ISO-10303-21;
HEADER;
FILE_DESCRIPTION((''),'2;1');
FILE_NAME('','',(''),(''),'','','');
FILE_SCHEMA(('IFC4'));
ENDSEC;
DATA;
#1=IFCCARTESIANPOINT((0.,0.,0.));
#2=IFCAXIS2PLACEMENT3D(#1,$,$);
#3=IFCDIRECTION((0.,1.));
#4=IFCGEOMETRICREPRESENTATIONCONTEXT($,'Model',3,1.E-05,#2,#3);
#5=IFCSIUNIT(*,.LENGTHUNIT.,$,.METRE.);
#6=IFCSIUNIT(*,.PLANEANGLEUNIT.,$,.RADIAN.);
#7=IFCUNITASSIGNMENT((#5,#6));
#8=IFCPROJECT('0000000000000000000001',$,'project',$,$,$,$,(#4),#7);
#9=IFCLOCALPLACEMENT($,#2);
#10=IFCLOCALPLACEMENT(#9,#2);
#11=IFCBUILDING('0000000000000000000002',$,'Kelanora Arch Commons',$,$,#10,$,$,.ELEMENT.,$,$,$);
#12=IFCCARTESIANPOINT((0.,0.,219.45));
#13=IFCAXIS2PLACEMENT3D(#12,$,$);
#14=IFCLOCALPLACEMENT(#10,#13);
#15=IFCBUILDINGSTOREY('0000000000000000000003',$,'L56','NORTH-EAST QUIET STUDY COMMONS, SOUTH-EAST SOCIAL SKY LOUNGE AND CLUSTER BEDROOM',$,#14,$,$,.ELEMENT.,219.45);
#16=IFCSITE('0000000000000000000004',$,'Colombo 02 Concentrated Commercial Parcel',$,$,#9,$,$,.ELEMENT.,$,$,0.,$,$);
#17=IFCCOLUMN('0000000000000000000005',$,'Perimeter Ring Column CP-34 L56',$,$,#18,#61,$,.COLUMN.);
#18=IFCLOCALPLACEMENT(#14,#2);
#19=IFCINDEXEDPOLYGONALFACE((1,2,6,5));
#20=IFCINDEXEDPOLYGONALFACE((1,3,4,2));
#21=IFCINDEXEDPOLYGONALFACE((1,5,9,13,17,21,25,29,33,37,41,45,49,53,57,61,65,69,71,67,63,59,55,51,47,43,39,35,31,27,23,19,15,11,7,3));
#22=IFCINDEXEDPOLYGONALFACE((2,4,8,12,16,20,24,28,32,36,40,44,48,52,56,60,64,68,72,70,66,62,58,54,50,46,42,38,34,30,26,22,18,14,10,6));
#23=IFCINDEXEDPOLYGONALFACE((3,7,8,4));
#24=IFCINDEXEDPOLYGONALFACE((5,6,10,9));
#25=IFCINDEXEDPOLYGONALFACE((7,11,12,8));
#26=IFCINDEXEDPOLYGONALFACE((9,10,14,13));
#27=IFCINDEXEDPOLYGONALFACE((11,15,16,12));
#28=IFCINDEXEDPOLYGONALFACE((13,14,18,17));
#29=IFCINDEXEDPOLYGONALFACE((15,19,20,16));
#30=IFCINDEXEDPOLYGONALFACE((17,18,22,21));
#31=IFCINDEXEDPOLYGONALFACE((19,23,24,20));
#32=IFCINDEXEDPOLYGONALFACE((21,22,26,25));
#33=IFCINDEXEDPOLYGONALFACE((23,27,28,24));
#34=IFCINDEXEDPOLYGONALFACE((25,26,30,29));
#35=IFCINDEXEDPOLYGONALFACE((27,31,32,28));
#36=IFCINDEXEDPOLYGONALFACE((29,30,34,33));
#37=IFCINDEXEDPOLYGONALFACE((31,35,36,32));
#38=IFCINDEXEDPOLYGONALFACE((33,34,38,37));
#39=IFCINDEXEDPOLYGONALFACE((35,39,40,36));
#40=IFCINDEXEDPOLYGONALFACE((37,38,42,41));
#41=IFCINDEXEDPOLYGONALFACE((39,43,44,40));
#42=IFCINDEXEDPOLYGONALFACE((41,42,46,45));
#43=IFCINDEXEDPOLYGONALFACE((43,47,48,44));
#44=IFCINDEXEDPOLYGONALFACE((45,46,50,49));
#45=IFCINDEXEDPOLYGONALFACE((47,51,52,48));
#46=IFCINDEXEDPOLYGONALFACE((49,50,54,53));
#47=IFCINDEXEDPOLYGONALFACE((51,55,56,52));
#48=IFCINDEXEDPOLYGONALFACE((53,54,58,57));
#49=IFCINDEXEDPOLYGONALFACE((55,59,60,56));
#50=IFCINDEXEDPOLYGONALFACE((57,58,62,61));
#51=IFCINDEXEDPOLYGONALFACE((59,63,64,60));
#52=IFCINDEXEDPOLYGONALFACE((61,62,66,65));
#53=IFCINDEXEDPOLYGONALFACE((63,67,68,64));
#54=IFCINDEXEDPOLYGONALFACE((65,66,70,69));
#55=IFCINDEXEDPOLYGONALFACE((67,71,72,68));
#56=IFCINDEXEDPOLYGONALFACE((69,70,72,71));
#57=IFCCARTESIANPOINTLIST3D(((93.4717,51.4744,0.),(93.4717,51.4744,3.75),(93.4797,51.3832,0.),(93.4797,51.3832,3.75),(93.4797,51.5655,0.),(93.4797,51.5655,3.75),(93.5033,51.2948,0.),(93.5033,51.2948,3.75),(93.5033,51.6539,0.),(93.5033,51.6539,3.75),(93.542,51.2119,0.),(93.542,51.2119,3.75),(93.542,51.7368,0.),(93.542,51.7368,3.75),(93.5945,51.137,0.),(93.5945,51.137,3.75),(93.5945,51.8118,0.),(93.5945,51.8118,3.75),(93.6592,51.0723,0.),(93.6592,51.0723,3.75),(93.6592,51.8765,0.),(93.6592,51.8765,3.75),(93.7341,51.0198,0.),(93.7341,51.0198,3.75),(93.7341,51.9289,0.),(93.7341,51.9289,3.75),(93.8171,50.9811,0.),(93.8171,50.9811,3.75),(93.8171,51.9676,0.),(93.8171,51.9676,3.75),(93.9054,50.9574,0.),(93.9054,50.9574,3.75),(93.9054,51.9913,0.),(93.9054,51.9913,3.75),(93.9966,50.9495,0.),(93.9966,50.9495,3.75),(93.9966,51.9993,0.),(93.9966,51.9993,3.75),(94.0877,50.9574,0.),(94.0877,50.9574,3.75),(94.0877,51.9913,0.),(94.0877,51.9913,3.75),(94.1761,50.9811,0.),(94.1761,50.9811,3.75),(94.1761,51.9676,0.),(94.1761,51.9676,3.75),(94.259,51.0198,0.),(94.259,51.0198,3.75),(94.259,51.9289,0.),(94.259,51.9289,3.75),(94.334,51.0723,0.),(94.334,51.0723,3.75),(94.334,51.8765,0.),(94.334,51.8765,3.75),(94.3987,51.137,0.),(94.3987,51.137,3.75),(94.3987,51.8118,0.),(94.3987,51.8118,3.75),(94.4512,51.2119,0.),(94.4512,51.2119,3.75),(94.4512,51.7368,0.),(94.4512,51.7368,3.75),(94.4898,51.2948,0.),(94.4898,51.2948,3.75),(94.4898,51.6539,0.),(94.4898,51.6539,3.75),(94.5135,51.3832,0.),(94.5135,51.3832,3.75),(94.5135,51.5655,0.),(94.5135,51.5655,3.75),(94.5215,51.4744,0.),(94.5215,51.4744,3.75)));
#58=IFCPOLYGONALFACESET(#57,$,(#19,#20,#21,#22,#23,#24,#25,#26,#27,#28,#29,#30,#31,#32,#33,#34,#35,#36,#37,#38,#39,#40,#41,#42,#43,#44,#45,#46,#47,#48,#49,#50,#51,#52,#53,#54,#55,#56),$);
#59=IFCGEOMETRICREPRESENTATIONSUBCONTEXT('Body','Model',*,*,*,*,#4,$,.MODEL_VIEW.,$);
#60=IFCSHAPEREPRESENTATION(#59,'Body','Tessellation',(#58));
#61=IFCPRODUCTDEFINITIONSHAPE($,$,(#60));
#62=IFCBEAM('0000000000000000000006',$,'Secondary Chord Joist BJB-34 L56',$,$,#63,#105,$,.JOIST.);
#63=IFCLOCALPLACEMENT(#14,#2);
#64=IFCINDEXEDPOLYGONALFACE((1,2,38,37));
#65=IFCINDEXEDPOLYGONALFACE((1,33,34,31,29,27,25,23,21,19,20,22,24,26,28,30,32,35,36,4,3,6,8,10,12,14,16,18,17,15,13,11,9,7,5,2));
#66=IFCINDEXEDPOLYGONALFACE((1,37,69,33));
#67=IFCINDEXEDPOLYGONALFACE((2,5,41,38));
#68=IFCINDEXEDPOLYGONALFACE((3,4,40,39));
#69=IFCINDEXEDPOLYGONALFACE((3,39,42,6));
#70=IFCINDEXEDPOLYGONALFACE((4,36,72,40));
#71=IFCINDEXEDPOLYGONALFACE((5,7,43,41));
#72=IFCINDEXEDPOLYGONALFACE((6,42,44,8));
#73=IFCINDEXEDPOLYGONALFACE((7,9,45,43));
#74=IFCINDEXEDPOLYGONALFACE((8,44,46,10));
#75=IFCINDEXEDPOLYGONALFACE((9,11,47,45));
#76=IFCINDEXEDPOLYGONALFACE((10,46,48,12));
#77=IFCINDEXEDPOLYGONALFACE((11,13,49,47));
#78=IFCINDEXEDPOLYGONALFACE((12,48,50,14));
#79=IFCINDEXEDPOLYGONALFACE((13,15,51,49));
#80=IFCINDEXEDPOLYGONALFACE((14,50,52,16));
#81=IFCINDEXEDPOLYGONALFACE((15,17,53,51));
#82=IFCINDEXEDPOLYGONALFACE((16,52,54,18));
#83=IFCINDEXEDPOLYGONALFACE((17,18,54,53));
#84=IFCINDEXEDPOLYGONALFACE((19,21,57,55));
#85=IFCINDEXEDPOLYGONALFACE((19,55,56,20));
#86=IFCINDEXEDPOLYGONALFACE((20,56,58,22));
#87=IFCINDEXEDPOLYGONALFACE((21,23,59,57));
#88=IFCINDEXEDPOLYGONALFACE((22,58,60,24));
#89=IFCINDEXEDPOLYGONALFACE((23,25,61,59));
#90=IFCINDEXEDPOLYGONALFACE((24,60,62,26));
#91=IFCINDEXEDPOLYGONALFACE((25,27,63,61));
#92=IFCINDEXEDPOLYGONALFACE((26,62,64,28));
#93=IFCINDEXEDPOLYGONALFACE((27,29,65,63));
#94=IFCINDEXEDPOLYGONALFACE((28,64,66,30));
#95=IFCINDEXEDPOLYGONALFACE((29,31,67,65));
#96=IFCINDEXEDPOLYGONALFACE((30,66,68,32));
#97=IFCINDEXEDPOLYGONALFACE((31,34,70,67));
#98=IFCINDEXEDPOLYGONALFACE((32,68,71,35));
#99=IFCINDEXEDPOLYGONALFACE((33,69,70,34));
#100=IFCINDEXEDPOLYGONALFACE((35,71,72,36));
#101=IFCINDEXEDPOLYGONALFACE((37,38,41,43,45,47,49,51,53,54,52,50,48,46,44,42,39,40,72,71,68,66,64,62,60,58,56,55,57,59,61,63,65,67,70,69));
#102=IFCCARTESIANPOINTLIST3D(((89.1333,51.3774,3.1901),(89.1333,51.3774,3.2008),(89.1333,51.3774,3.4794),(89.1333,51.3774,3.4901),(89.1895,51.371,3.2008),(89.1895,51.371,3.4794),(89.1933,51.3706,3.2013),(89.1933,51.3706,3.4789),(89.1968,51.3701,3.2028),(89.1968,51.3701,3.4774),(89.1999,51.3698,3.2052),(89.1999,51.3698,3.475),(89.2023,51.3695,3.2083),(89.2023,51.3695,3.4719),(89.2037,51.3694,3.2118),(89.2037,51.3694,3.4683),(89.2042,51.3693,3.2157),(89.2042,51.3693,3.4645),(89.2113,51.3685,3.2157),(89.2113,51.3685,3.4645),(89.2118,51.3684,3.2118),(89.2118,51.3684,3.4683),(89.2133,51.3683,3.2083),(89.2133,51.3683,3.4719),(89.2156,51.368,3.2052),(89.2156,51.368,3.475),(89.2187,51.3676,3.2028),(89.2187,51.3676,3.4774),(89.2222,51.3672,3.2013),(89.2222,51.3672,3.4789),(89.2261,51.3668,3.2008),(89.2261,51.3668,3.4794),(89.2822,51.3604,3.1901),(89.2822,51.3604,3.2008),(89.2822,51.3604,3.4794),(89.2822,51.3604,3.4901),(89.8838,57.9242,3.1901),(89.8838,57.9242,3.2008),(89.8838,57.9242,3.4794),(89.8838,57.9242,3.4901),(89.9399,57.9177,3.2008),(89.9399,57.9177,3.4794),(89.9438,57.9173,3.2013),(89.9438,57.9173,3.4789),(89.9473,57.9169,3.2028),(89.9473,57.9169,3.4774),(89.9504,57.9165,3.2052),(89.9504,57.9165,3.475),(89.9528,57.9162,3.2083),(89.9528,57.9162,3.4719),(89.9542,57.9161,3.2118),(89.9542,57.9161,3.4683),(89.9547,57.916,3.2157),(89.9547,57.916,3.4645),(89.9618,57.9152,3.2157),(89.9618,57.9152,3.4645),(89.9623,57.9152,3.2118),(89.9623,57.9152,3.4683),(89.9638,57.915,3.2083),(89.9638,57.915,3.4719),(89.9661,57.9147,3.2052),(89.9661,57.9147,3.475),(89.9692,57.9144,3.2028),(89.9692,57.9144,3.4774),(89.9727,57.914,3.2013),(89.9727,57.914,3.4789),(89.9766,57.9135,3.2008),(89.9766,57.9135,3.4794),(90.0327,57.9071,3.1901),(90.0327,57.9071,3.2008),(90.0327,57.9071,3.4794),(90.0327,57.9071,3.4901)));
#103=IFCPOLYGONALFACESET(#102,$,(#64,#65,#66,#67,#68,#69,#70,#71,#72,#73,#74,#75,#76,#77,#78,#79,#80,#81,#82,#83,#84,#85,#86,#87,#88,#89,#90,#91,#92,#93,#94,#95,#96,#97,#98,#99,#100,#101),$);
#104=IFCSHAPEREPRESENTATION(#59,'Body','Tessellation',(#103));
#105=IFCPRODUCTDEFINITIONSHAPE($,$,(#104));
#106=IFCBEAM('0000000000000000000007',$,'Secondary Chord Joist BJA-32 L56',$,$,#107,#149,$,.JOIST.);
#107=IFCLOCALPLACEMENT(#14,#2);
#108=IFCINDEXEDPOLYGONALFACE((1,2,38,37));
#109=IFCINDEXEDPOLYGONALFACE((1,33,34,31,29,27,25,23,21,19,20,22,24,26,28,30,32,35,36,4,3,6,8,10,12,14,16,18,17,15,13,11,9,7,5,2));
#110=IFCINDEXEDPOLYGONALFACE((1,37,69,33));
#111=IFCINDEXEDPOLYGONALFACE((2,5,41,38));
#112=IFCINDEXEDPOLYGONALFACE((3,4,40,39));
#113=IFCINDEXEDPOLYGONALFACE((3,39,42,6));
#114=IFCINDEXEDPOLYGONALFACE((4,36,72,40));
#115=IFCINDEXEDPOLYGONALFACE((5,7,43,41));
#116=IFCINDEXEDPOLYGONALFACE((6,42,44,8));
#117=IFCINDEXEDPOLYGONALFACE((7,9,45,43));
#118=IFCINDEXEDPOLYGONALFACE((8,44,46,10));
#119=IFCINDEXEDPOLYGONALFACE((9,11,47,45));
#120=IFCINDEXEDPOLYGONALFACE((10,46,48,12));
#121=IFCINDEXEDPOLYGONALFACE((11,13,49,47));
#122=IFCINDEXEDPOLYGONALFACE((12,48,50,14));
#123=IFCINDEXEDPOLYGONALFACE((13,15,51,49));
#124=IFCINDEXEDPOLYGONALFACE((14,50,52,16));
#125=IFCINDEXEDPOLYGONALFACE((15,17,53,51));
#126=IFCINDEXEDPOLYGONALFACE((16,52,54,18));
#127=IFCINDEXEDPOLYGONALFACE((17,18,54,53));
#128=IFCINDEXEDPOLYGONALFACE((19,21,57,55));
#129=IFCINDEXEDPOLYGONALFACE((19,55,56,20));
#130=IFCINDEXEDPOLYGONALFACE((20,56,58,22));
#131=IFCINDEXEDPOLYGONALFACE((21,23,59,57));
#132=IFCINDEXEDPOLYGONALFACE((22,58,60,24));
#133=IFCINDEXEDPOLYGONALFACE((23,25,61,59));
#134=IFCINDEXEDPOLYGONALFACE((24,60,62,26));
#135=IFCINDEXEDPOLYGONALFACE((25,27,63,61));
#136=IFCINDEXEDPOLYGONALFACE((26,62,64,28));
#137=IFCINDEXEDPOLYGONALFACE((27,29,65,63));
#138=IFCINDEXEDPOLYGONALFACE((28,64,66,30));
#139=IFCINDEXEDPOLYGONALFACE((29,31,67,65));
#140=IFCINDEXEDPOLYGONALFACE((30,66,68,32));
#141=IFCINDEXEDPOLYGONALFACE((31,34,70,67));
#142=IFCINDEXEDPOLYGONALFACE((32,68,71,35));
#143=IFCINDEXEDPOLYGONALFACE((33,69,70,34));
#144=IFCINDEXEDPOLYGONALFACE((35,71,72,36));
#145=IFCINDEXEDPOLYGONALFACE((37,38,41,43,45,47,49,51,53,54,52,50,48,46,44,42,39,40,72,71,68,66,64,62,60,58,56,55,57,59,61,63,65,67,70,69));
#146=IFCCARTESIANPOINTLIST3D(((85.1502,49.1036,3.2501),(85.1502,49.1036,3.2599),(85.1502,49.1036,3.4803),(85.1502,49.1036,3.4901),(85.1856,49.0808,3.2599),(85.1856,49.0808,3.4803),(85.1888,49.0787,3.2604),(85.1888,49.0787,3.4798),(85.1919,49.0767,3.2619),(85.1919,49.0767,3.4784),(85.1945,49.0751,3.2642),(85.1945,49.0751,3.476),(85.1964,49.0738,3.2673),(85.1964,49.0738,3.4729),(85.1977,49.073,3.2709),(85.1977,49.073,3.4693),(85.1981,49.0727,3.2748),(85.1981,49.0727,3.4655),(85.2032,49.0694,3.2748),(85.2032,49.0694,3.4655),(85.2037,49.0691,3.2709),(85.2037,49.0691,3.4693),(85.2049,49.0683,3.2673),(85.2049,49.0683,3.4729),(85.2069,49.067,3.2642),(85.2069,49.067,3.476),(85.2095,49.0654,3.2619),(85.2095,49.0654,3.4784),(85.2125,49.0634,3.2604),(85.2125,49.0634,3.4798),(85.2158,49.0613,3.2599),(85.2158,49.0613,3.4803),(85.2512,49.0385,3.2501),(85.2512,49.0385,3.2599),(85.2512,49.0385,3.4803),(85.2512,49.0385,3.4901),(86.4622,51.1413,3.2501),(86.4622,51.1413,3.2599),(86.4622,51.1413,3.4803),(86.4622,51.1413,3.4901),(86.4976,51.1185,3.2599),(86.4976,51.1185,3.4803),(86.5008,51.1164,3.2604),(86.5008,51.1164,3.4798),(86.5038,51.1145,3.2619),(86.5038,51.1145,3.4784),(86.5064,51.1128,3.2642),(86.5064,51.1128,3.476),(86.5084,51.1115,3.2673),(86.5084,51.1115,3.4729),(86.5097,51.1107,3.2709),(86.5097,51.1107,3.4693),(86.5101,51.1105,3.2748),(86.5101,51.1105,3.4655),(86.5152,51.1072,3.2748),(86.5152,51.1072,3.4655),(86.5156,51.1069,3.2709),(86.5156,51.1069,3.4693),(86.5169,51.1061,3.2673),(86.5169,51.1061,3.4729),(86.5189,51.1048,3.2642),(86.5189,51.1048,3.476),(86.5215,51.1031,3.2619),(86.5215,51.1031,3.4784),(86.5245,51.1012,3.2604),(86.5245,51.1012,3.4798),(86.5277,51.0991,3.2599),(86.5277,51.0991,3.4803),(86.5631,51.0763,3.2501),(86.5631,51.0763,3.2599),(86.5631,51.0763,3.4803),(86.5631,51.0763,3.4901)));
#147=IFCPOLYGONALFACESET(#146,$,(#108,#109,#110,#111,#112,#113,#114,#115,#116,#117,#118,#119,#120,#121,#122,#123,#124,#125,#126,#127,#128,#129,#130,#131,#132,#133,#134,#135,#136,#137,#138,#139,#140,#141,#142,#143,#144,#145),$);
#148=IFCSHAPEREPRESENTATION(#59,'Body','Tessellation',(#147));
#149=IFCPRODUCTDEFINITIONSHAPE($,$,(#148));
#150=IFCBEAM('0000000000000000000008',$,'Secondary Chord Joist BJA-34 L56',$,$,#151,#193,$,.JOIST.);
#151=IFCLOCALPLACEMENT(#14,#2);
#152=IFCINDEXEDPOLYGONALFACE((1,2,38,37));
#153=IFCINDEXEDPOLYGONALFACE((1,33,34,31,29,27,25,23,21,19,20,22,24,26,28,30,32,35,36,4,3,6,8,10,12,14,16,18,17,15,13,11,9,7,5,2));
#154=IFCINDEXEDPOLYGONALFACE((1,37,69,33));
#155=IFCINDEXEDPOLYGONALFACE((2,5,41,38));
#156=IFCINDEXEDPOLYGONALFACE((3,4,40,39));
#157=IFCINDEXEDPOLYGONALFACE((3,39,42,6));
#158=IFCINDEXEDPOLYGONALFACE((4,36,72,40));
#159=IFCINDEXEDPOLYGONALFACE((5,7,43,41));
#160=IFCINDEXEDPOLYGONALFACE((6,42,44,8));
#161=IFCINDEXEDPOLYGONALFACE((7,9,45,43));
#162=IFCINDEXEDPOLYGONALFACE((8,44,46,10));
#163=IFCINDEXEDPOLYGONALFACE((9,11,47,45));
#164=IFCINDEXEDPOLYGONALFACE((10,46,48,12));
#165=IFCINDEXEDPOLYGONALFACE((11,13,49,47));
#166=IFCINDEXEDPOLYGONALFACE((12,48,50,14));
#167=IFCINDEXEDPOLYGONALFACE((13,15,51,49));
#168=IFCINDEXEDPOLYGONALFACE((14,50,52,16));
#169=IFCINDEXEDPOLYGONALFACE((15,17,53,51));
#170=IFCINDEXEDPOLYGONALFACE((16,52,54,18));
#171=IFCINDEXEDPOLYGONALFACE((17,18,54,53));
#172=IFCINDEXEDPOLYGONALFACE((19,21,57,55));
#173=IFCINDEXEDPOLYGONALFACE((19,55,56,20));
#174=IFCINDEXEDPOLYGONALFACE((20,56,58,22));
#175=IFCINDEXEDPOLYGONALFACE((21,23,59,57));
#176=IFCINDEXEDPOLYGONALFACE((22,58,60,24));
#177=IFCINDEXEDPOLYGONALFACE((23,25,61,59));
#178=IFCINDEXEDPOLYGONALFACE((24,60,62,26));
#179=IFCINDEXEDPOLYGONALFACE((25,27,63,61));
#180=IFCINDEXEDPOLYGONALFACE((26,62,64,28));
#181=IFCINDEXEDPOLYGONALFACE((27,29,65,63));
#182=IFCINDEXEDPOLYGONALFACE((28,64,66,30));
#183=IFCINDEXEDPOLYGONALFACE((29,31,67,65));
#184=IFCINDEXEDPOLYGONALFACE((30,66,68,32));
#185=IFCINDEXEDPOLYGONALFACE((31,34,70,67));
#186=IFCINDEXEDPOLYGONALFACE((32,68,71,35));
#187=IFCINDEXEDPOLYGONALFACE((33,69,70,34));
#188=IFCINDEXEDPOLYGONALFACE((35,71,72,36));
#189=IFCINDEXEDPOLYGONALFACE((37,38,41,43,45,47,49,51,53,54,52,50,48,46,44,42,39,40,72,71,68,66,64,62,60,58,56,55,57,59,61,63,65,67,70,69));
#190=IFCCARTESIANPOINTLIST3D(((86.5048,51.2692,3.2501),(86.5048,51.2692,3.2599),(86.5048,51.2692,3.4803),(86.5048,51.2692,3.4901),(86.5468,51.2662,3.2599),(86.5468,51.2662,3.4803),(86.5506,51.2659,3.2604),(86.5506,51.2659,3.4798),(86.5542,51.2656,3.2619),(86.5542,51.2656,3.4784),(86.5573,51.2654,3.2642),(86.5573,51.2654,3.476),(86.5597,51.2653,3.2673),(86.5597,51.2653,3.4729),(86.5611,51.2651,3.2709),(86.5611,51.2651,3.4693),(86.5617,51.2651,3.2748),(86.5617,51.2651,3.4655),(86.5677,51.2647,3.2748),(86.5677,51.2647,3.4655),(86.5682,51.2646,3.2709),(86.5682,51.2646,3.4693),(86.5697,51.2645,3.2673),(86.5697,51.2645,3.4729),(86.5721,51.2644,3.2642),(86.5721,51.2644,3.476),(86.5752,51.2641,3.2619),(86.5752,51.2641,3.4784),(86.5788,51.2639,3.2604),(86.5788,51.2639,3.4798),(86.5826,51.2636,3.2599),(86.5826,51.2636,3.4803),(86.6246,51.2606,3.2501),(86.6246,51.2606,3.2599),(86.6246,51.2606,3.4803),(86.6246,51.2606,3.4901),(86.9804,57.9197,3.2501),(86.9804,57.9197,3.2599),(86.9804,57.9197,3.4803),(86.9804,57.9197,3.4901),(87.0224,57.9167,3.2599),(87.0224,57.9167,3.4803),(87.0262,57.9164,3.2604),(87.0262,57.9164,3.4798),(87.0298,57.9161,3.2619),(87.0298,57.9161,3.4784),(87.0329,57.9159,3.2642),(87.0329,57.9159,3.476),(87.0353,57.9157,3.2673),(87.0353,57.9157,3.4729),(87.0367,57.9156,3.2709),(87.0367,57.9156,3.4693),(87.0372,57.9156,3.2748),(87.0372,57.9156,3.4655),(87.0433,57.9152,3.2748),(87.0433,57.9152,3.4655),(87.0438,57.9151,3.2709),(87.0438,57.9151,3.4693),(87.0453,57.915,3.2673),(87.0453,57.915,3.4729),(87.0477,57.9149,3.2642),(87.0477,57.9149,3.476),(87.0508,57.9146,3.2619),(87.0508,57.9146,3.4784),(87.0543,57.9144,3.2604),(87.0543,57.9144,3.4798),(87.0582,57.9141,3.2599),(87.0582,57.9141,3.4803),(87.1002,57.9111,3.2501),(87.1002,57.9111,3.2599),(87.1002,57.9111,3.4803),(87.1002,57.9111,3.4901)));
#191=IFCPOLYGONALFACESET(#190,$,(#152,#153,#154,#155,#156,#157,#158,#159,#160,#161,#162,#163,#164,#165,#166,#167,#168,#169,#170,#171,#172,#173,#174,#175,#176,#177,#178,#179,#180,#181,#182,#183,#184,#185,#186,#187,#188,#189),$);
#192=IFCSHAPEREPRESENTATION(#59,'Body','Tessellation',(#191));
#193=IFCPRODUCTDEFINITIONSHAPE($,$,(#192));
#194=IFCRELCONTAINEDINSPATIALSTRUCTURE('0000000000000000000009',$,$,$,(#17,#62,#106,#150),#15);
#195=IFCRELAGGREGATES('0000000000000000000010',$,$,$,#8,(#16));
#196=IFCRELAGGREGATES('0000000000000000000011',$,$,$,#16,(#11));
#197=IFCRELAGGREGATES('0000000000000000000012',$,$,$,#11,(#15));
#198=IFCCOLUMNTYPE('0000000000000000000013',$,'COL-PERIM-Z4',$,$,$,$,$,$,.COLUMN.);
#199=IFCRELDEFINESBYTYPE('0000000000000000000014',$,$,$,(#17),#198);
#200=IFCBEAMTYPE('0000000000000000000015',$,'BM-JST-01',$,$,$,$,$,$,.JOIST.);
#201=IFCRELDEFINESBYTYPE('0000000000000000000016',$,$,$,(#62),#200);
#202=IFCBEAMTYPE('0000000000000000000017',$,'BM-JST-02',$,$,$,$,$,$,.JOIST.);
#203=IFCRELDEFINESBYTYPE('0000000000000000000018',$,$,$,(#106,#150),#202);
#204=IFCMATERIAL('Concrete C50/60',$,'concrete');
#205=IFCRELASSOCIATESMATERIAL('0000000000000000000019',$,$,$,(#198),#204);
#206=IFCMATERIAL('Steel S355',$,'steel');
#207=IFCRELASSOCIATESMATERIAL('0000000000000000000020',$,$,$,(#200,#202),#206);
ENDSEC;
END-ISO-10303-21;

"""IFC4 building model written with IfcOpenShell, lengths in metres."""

from ifc_helpers import new_model, si_unit, direction, frame, origin, origin_2d, place, context, subcontext, project, spatial, circle, i_section, extrude, material, material_profile, profile_set, type_object, element, save


model = new_model("IFC4")

# Units and contexts
model_context = context("Model", 3, precision=1e-05, world=origin(), true_north=direction((0.0, 1.0)))
body_context = subcontext(model_context, "Body", "Model", "MODEL_VIEW")
ifc_project = project(units=[si_unit("LENGTHUNIT", "METRE"), si_unit("PLANEANGLEUNIT", "RADIAN")], contexts=[model_context])

# Site, building, storey
site_placement = place(None, origin())
site = spatial("IfcSite", under=ifc_project, at=site_placement, Name="Colombo 02 Concentrated Commercial Parcel", CompositionType="ELEMENT", RefElevation=0.0)
building_placement = place(site_placement, origin())
building = spatial("IfcBuilding", under=site, at=building_placement, Name="Kelanora Arch Commons", CompositionType="ELEMENT")
storey_placement = place(building_placement, frame((0.0, 0.0, 219.45)))
storey = spatial("IfcBuildingStorey", under=building, at=storey_placement, Name="L56", Description="NORTH-EAST QUIET STUDY COMMONS, SOUTH-EAST SOCIAL SKY LOUNGE AND CLUSTER BEDROOM", CompositionType="ELEMENT", Elevation=219.45)

# Column
ifc_material_1 = material(Name="Concrete C50/60", Category="concrete")
ifc_material_profile_1 = material_profile(ifc_material_1, circle(Radius=0.5249, at=origin_2d()), Name="RCC1050")
ifc_profile_set_1 = profile_set([ifc_material_profile_1], Name="Concrete C50/60")
column_type = type_object("IfcColumnType", Name="COL-PERIM-Z4", PredefinedType="COLUMN", material=ifc_profile_set_1)
column_placement = place(storey_placement, frame((93.9966, 51.4744, 0.0), z_axis=(0.0, 0.0, 1.0), x_axis=(1.0, 0.0, 0.0)))
element("IfcColumn", 1, at=column_placement, inside=storey, type_object=column_type, Name="Perimeter Ring Column CP-34 L56", PredefinedType="COLUMN", context=body_context, shape_type="SweptSolid", body=[
    extrude(circle(Radius=0.5249, at=origin_2d()), origin(), (0.0, 0.0, 1.0), 3.75),
])

# Beams
ifc_material_2 = material(Name="Steel S355", Category="steel")
ifc_material_profile_2 = material_profile(ifc_material_2, i_section(OverallWidth=0.1499, OverallDepth=0.3, WebThickness=0.0071, FlangeThickness=0.0107, FilletRadius=0.0149, at=origin_2d()), Name="IPE300")
ifc_profile_set_2 = profile_set([ifc_material_profile_2], Name="Steel S355")
beam_type_1 = type_object("IfcBeamType", Name="BM-JST-01", PredefinedType="JOIST", material=ifc_profile_set_2)
beam_1_placement = place(storey_placement, frame((89.2078, 51.3689, 3.3401), z_axis=(0.113891, 0.993493, 0.0), x_axis=(-0.993493, 0.113891, 0.0)))
element("IfcBeam", 2, at=beam_1_placement, inside=storey, type_object=beam_type_1, Name="Secondary Chord Joist BJB-34 L56", PredefinedType="JOIST", context=body_context, shape_type="SweptSolid", body=[
    extrude(i_section(OverallWidth=0.1499, OverallDepth=0.3, WebThickness=0.0071, FlangeThickness=0.0107, FilletRadius=0.0149, at=origin_2d()), origin(), (0.0, 0.0, 1.0), 6.5896),
])
ifc_material_profile_3 = material_profile(ifc_material_2, i_section(OverallWidth=0.1201, OverallDepth=0.24, WebThickness=0.0061, FlangeThickness=0.0098, FilletRadius=0.0149, at=origin_2d()), Name="IPE240")
ifc_profile_set_3 = profile_set([ifc_material_profile_3], Name="Steel S355")
beam_type_2 = type_object("IfcBeamType", Name="BM-JST-02", PredefinedType="JOIST", material=ifc_profile_set_3)
beam_2_placement = place(storey_placement, frame((85.2007, 49.071, 3.3701), z_axis=(0.541333, 0.840808, 0.0), x_axis=(-0.840808, 0.541333, 0.0)))
element("IfcBeam", 3, at=beam_2_placement, inside=storey, type_object=beam_type_2, Name="Secondary Chord Joist BJA-32 L56", PredefinedType="JOIST", context=body_context, shape_type="SweptSolid", body=[
    extrude(i_section(OverallWidth=0.1201, OverallDepth=0.24, WebThickness=0.0061, FlangeThickness=0.0098, FilletRadius=0.0149, at=origin_2d()), origin(), (0.0, 0.0, 1.0), 2.4236),
])
beam_3_placement = place(storey_placement, frame((86.5647, 51.2649, 3.3701), z_axis=(0.07133, 0.997453, 0.0), x_axis=(-0.997453, 0.07133, 0.0)))
element("IfcBeam", 4, at=beam_3_placement, inside=storey, type_object=beam_type_2, Name="Secondary Chord Joist BJA-34 L56", PredefinedType="JOIST", context=body_context, shape_type="SweptSolid", body=[
    extrude(i_section(OverallWidth=0.1201, OverallDepth=0.24, WebThickness=0.0061, FlangeThickness=0.0098, FilletRadius=0.0149, at=origin_2d()), origin(), (0.0, 0.0, 1.0), 6.6675),
])

save(model, "model.ifc")
